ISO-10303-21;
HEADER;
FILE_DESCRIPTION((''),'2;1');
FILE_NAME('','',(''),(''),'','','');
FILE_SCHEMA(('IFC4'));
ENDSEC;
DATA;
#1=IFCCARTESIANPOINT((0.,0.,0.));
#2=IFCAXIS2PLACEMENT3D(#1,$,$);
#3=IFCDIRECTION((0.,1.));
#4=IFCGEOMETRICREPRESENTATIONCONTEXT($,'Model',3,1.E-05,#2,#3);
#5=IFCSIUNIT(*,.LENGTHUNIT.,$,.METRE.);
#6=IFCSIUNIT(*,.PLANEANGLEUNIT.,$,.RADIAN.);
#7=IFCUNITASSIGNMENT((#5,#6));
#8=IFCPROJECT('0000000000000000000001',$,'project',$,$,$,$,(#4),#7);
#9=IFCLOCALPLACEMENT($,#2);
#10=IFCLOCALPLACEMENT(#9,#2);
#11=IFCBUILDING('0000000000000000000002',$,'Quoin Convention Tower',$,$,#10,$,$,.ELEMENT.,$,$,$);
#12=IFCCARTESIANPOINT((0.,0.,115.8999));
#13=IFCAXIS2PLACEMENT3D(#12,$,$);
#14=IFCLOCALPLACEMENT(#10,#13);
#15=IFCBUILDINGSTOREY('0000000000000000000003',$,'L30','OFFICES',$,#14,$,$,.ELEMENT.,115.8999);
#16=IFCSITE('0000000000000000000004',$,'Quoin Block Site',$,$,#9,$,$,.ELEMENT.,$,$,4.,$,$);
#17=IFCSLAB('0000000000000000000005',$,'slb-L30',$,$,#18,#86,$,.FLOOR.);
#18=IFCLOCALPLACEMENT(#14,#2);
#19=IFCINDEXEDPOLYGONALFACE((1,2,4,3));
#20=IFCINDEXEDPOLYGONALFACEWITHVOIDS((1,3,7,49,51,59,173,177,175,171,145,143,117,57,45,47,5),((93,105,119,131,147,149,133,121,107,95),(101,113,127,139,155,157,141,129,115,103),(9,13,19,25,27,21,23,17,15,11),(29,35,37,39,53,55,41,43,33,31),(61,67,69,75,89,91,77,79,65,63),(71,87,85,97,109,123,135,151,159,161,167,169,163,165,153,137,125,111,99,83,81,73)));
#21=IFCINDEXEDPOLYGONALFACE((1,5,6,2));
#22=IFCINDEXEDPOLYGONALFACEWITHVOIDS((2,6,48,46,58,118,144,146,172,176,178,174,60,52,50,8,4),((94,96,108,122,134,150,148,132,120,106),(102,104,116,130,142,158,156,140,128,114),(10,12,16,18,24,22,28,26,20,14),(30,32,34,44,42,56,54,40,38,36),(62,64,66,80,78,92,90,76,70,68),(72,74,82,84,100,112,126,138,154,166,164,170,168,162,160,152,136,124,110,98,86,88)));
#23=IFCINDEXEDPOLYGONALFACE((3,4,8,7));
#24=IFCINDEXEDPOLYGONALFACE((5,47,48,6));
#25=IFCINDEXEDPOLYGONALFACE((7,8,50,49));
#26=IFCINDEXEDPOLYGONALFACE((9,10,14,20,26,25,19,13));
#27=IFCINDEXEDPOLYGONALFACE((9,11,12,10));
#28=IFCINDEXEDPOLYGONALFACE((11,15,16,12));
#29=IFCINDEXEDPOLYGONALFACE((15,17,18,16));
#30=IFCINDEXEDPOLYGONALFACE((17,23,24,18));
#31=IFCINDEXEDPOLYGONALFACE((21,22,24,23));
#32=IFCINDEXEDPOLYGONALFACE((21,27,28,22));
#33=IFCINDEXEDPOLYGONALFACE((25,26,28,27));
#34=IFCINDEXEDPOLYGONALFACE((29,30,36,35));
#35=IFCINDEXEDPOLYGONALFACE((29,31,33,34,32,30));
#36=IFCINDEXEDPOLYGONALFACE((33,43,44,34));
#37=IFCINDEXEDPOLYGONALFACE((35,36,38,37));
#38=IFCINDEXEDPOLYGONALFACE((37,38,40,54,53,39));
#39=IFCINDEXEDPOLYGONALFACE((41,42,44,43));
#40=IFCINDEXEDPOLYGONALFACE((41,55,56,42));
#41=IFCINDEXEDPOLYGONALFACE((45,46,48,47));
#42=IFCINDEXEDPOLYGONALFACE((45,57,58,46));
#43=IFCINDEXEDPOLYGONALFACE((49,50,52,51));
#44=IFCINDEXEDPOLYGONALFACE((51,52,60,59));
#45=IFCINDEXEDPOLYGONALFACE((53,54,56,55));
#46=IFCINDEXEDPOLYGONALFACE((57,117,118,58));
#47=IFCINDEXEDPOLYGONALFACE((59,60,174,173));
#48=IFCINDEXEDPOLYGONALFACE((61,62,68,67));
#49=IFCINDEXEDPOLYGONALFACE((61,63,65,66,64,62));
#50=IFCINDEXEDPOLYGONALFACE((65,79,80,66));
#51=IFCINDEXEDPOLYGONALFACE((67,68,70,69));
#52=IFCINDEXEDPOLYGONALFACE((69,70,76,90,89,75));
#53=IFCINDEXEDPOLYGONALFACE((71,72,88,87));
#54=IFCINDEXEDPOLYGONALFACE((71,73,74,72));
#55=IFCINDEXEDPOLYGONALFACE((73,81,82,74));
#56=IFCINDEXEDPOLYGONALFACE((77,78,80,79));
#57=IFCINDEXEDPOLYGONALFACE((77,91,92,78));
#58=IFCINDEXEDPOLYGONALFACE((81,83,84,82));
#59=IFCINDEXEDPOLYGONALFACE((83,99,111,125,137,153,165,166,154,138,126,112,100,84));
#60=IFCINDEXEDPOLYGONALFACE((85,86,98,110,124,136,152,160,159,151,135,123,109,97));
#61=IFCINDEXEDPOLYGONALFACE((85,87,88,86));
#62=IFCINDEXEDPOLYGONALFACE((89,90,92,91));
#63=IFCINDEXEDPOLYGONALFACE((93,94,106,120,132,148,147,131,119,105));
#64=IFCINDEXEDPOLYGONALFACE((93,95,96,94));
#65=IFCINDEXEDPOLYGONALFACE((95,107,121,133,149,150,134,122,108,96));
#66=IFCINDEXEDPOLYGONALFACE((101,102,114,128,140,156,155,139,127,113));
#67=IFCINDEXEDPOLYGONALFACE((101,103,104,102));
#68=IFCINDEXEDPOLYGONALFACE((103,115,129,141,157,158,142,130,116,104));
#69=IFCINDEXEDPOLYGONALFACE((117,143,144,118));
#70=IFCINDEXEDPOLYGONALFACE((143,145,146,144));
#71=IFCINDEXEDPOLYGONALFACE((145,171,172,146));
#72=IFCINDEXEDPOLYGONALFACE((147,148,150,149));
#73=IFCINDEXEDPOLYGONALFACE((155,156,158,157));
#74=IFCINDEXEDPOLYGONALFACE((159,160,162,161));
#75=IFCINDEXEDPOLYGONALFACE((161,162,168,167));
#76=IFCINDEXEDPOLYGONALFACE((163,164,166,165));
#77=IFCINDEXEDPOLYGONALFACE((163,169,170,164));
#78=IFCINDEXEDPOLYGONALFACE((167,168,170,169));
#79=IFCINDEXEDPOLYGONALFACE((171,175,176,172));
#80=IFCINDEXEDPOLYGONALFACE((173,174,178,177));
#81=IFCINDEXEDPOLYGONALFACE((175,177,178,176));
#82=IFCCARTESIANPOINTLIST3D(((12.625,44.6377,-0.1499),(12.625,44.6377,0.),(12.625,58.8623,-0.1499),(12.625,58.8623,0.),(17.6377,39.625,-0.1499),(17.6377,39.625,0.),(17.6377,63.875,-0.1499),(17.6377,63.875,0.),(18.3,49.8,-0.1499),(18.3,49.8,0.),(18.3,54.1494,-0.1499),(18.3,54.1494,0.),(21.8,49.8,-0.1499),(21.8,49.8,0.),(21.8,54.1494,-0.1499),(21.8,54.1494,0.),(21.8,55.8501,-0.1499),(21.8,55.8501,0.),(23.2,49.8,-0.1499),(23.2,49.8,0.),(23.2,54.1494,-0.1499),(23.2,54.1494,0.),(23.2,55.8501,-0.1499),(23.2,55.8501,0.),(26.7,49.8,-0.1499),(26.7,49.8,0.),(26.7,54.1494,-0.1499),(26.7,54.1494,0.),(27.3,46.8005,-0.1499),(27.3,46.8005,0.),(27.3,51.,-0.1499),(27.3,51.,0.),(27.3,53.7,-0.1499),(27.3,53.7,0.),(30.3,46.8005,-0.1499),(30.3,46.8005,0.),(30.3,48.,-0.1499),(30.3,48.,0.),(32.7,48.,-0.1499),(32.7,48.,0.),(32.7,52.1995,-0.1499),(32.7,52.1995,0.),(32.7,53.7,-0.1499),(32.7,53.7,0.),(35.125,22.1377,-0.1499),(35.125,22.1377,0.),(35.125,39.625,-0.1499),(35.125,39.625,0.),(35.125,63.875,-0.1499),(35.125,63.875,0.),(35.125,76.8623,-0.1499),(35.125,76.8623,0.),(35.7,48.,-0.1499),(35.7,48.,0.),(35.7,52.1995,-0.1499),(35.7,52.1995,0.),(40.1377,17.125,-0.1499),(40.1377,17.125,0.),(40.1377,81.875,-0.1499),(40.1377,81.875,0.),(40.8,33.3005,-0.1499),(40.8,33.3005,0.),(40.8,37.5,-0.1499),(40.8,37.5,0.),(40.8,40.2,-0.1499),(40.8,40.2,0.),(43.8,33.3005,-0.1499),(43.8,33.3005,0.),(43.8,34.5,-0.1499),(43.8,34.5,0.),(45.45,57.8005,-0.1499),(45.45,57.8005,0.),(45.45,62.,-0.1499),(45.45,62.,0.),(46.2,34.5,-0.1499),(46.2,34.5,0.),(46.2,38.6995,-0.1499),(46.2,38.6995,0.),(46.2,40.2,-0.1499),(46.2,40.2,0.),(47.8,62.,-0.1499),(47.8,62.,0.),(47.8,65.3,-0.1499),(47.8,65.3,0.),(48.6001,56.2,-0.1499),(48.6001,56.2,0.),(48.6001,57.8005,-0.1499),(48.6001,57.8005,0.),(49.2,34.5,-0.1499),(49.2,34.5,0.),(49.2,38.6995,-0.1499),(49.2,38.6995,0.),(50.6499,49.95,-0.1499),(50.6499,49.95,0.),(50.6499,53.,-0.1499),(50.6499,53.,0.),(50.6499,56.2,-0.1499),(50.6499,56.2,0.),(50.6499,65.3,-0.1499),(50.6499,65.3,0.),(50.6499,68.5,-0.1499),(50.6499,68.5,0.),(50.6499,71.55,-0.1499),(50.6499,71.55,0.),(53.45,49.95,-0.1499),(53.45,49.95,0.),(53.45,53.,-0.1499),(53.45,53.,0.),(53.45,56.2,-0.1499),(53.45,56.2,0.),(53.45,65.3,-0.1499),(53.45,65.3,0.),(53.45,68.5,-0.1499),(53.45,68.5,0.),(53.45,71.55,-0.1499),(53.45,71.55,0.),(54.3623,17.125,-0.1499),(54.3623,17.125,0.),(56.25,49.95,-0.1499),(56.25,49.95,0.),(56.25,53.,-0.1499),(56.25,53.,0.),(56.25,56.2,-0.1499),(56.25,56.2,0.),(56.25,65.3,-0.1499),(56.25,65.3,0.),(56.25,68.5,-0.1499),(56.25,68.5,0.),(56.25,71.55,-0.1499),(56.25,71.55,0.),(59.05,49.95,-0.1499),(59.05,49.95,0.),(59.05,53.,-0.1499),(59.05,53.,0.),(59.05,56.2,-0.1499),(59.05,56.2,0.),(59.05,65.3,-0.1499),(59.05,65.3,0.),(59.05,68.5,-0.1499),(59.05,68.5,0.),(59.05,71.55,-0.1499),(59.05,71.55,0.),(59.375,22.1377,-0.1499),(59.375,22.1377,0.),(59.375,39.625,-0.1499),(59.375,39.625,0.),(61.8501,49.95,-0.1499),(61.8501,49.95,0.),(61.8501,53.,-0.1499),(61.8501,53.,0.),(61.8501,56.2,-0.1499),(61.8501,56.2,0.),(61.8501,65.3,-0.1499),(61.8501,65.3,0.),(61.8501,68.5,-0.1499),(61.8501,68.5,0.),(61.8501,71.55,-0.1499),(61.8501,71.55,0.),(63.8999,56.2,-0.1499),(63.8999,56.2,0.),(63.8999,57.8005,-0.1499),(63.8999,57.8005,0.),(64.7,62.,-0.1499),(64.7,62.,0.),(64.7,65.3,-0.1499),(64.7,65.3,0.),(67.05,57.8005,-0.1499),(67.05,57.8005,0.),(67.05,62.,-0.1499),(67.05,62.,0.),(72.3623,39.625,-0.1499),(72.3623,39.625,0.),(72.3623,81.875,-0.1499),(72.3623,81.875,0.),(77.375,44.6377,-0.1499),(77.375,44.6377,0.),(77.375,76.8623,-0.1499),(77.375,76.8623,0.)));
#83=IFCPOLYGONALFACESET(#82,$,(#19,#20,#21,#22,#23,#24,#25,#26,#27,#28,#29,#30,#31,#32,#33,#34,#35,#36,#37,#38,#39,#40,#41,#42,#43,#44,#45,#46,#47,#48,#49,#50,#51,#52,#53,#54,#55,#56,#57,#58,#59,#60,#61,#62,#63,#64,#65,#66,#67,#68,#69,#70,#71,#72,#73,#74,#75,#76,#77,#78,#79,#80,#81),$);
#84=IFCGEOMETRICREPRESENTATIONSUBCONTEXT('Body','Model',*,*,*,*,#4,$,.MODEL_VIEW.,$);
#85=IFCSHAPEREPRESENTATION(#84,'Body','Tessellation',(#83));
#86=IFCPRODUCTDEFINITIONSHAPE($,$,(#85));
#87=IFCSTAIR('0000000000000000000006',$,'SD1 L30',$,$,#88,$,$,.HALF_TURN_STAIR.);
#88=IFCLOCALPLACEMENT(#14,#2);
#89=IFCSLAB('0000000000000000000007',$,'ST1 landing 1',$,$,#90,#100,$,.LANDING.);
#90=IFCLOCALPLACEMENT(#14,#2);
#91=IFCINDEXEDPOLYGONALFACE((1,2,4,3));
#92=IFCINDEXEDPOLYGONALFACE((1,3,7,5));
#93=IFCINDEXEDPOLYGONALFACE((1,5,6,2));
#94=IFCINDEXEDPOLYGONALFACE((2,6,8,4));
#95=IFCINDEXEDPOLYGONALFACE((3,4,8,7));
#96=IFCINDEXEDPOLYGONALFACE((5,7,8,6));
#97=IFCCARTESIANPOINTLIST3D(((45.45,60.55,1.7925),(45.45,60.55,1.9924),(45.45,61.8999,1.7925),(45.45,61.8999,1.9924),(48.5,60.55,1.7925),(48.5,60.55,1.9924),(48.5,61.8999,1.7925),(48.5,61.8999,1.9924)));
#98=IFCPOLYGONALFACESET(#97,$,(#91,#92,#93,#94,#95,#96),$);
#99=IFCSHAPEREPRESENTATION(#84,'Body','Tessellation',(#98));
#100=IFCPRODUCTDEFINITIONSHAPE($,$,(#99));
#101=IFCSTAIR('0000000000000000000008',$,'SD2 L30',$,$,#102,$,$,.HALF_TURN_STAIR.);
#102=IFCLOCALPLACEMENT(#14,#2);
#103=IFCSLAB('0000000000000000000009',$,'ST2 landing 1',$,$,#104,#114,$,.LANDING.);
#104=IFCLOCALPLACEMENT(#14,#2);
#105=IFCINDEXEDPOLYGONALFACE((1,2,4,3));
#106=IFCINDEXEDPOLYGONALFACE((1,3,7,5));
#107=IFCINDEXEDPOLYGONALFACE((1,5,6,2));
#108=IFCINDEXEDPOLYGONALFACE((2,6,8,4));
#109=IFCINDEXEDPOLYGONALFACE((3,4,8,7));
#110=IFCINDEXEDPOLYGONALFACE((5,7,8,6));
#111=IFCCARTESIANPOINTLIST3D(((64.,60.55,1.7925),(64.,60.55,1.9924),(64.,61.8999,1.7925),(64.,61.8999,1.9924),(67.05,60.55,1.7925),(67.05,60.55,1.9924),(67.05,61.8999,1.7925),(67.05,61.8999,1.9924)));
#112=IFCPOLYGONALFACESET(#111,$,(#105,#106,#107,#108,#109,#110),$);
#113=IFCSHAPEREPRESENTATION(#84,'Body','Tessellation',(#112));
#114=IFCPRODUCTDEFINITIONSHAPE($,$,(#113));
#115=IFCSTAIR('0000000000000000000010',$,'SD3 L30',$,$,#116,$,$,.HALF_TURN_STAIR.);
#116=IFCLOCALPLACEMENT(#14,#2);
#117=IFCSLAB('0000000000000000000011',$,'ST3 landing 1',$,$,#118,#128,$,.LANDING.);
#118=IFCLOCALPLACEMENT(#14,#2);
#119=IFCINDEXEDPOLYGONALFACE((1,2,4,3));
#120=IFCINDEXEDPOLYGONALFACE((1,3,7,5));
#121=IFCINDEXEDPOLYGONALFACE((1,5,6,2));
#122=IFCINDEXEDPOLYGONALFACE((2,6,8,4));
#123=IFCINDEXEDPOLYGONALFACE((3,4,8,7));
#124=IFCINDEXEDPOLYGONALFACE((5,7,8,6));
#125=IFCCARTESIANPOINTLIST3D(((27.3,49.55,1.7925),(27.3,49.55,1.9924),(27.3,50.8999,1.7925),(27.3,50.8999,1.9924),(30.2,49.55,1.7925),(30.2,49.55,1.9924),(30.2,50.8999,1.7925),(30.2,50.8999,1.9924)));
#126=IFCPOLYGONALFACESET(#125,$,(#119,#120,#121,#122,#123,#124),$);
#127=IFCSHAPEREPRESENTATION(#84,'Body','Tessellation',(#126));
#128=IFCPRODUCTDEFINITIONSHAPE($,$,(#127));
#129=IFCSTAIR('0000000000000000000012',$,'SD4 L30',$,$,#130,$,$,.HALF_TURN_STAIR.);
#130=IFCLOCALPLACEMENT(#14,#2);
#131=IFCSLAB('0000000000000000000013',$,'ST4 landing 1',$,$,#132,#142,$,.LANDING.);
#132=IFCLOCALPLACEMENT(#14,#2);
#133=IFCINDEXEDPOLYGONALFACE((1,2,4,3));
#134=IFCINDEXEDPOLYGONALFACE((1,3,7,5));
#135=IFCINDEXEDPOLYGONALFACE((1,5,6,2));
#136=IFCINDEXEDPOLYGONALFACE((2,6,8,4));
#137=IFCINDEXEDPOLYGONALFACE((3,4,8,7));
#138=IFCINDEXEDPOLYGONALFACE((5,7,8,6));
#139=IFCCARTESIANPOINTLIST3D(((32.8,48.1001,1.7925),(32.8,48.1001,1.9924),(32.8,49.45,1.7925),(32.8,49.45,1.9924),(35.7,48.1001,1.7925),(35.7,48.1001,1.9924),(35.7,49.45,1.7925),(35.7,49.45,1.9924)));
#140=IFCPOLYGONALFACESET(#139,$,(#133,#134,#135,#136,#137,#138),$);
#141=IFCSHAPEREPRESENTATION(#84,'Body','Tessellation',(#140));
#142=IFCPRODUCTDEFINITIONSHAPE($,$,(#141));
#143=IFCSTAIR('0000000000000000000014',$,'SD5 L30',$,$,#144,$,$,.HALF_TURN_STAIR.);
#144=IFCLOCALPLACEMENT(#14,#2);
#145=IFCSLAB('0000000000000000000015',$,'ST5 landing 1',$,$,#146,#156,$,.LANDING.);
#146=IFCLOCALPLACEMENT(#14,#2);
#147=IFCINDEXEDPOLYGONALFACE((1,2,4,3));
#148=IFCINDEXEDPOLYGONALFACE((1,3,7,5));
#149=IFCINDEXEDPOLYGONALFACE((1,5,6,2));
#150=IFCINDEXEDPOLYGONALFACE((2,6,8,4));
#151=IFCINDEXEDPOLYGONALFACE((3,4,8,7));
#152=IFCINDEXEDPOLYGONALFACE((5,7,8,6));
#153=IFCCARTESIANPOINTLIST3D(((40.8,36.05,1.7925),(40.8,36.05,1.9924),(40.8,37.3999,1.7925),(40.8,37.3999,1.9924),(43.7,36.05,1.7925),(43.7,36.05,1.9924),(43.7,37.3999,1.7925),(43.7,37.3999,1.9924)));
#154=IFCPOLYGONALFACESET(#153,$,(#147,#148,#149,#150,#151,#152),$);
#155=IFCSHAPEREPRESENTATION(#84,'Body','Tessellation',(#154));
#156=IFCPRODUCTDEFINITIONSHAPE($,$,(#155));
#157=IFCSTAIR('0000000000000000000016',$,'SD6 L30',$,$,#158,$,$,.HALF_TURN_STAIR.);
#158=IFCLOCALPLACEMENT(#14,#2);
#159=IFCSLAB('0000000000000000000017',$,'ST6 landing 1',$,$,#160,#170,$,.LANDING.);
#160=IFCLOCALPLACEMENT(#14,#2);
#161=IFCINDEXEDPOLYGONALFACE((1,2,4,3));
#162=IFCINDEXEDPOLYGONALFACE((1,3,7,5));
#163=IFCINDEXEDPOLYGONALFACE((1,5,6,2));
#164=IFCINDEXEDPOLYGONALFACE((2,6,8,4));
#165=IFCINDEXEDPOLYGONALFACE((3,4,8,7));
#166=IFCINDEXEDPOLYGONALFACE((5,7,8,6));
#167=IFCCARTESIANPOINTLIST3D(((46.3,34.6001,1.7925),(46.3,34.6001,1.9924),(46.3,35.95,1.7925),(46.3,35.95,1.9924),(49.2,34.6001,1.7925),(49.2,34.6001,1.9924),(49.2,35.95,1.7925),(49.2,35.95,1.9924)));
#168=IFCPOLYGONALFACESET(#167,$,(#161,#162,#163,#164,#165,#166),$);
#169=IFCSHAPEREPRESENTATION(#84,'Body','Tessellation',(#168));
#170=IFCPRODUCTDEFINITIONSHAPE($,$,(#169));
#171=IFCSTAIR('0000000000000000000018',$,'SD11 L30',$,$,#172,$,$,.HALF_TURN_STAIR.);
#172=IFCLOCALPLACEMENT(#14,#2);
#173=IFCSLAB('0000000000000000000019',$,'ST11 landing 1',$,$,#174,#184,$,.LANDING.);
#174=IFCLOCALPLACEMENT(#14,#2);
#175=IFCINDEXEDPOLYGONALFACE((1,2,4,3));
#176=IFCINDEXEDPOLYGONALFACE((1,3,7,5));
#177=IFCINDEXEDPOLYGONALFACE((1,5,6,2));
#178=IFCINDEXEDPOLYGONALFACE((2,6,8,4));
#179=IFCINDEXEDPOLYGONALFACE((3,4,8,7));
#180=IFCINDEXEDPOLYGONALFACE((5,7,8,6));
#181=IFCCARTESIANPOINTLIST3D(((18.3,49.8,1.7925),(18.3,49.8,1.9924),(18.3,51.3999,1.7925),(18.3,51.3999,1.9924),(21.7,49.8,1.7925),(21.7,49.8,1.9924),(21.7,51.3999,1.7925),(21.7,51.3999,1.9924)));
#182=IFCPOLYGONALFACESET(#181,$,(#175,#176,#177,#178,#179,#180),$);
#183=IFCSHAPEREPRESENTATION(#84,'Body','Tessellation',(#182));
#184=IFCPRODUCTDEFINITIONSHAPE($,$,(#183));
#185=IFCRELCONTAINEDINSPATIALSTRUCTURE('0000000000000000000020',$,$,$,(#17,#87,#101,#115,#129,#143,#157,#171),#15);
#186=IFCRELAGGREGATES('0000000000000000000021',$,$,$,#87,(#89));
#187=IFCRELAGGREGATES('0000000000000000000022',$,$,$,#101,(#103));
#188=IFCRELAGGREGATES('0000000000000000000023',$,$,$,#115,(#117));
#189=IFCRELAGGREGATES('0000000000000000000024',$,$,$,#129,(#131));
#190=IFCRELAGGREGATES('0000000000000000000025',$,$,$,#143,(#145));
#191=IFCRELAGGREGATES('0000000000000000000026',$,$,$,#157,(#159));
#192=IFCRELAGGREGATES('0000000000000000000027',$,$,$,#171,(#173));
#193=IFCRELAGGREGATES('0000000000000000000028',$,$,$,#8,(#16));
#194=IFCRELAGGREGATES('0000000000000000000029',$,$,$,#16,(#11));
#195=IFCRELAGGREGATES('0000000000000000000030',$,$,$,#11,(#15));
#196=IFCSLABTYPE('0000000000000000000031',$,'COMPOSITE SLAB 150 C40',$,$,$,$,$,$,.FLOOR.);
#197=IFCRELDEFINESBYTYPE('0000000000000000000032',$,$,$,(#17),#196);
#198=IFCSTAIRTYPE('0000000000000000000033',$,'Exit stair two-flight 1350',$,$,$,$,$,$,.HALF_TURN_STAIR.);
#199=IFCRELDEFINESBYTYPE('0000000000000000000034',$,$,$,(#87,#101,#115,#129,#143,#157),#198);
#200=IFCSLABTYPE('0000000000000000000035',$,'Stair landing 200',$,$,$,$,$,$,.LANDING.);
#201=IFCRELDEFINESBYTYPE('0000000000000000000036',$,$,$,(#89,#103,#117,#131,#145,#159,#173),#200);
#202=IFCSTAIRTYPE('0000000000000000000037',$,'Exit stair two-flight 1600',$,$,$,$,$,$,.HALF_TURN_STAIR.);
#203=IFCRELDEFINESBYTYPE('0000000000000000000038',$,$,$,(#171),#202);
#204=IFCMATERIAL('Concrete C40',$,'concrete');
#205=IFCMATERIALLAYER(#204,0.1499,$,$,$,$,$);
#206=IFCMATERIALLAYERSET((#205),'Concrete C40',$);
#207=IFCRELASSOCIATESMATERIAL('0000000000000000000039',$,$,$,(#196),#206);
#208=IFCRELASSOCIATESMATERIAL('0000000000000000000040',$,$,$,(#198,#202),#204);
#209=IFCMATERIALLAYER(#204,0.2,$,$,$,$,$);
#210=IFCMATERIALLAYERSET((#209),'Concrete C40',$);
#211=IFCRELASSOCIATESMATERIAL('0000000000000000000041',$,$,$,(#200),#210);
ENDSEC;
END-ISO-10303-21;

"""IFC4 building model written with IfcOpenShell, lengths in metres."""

from ifc_helpers import new_model, si_unit, direction, frame, origin, place, context, subcontext, project, spatial, polyline, outline, extrude, material, layer, layer_set, type_object, element, aggregate, save


model = new_model("IFC4")

# Units and contexts
model_context = context("Model", 3, precision=1e-05, world=origin(), true_north=direction((0.0, 1.0)))
body_context = subcontext(model_context, "Body", "Model", "MODEL_VIEW")
ifc_project = project(units=[si_unit("LENGTHUNIT", "METRE"), si_unit("PLANEANGLEUNIT", "RADIAN")], contexts=[model_context])

# Site, building, storey
site_placement = place(None, origin())
site = spatial("IfcSite", under=ifc_project, at=site_placement, Name="Quoin Block Site", CompositionType="ELEMENT", RefElevation=4.0)
building_placement = place(site_placement, origin())
building = spatial("IfcBuilding", under=site, at=building_placement, Name="Quoin Convention Tower", CompositionType="ELEMENT")
storey_placement = place(building_placement, frame((0.0, 0.0, 115.8999)))
storey = spatial("IfcBuildingStorey", under=building, at=storey_placement, Name="L30", Description="OFFICES", CompositionType="ELEMENT", Elevation=115.8999)

# Slab
ifc_material_1 = material(Name="Concrete C40", Category="concrete")
ifc_layer_1 = layer(ifc_material_1, 0.1499)
ifc_layer_set_1 = layer_set([ifc_layer_1], Name="Concrete C40")
slab_type_1 = type_object("IfcSlabType", Name="COMPOSITE SLAB 150 C40", PredefinedType="FLOOR", material=ifc_layer_set_1)
slab_1_placement = place(storey_placement, frame((0.0, 0.0, -0.1499)))
element("IfcSlab", 1, at=slab_1_placement, inside=storey, type_object=slab_type_1, Name="slb-L30", PredefinedType="FLOOR", context=body_context, shape_type="SweptSolid", body=[
    extrude(outline(polyline([(59.375, 22.1377), (54.3623, 17.125), (40.1377, 17.125), (35.125, 22.1377), (35.125, 39.625), (17.6377, 39.625), (12.625, 44.6377), (12.625, 58.8623), (17.6377, 63.875), (35.125, 63.875), (35.125, 76.8623), (40.1377, 81.875), (72.3623, 81.875), (77.375, 76.8623), (77.375, 44.6377), (72.3623, 39.625), (59.375, 39.625), (59.375, 22.1377)]), holes=[polyline([(40.8, 40.2), (40.8, 37.5), (40.8, 33.3005), (43.8, 33.3005), (43.8, 34.5), (46.2, 34.5), (49.2, 34.5), (49.2, 38.6995), (46.2, 38.6995), (46.2, 40.2), (40.8, 40.2)]), polyline([(35.7, 52.1995), (32.7, 52.1995), (32.7, 53.7), (27.3, 53.7), (27.3, 51.0), (27.3, 46.8005), (30.3, 46.8005), (30.3, 48.0), (32.7, 48.0), (35.7, 48.0), (35.7, 52.1995)]), polyline([(53.45, 49.95), (56.25, 49.95), (59.05, 49.95), (61.8501, 49.95), (61.8501, 53.0), (59.05, 53.0), (56.25, 53.0), (53.45, 53.0), (50.6499, 53.0), (50.6499, 49.95), (53.45, 49.95)]), polyline([(21.8, 55.8501), (21.8, 54.1494), (18.3, 54.1494), (18.3, 49.8), (21.8, 49.8), (23.2, 49.8), (26.7, 49.8), (26.7, 54.1494), (23.2, 54.1494), (23.2, 55.8501), (21.8, 55.8501)]), polyline([(48.6001, 57.8005), (48.6001, 56.2), (50.6499, 56.2), (53.45, 56.2), (56.25, 56.2), (59.05, 56.2), (61.8501, 56.2), (63.8999, 56.2), (63.8999, 57.8005), (67.05, 57.8005), (67.05, 62.0), (64.7, 62.0), (64.7, 65.3), (61.8501, 65.3), (59.05, 65.3), (56.25, 65.3), (53.45, 65.3), (50.6499, 65.3), (47.8, 65.3), (47.8, 62.0), (45.45, 62.0), (45.45, 57.8005), (48.6001, 57.8005)]), polyline([(50.6499, 68.5), (53.45, 68.5), (56.25, 68.5), (59.05, 68.5), (61.8501, 68.5), (61.8501, 71.55), (59.05, 71.55), (56.25, 71.55), (53.45, 71.55), (50.6499, 71.55), (50.6499, 68.5)])]), origin(), (0.0, 0.0, 1.0), 0.1499),
])

# Stairs, slabs
stair_type_1 = type_object("IfcStairType", Name="Exit stair two-flight 1350", PredefinedType="HALF_TURN_STAIR", material=ifc_material_1)
stair_1_placement = place(storey_placement, origin())
stair_1 = element("IfcStair", 2, at=stair_1_placement, inside=storey, type_object=stair_type_1, Name="SD1 L30", PredefinedType="HALF_TURN_STAIR")
ifc_layer_2 = layer(ifc_material_1, 0.2)
ifc_layer_set_2 = layer_set([ifc_layer_2], Name="Concrete C40")
slab_type_2 = type_object("IfcSlabType", Name="Stair landing 200", PredefinedType="LANDING", material=ifc_layer_set_2)
slab_2_placement = place(storey_placement, frame((0.0, 0.0, 1.7925)))
slab_2 = element("IfcSlab", 3, at=slab_2_placement, type_object=slab_type_2, Name="ST1 landing 1", PredefinedType="LANDING", context=body_context, shape_type="SweptSolid", body=[
    extrude(outline(polyline([(45.45, 60.55), (48.5, 60.55), (48.5, 61.8999), (45.45, 61.8999), (45.45, 60.55)])), origin(), (0.0, 0.0, 1.0), 0.2),
])
aggregate(stair_1, [slab_2])
stair_2_placement = place(storey_placement, origin())
stair_2 = element("IfcStair", 4, at=stair_2_placement, inside=storey, type_object=stair_type_1, Name="SD2 L30", PredefinedType="HALF_TURN_STAIR")
slab_3_placement = place(storey_placement, frame((0.0, 0.0, 1.7925)))
slab_3 = element("IfcSlab", 5, at=slab_3_placement, type_object=slab_type_2, Name="ST2 landing 1", PredefinedType="LANDING", context=body_context, shape_type="SweptSolid", body=[
    extrude(outline(polyline([(64.0, 60.55), (67.05, 60.55), (67.05, 61.8999), (64.0, 61.8999), (64.0, 60.55)])), origin(), (0.0, 0.0, 1.0), 0.2),
])
aggregate(stair_2, [slab_3])
stair_3_placement = place(storey_placement, origin())
stair_3 = element("IfcStair", 6, at=stair_3_placement, inside=storey, type_object=stair_type_1, Name="SD3 L30", PredefinedType="HALF_TURN_STAIR")
slab_4_placement = place(storey_placement, frame((0.0, 0.0, 1.7925)))
slab_4 = element("IfcSlab", 7, at=slab_4_placement, type_object=slab_type_2, Name="ST3 landing 1", PredefinedType="LANDING", context=body_context, shape_type="SweptSolid", body=[
    extrude(outline(polyline([(27.3, 49.55), (30.2, 49.55), (30.2, 50.8999), (27.3, 50.8999), (27.3, 49.55)])), origin(), (0.0, 0.0, 1.0), 0.2),
])
aggregate(stair_3, [slab_4])
stair_4_placement = place(storey_placement, origin())
stair_4 = element("IfcStair", 8, at=stair_4_placement, inside=storey, type_object=stair_type_1, Name="SD4 L30", PredefinedType="HALF_TURN_STAIR")
slab_5_placement = place(storey_placement, frame((0.0, 0.0, 1.7925)))
slab_5 = element("IfcSlab", 9, at=slab_5_placement, type_object=slab_type_2, Name="ST4 landing 1", PredefinedType="LANDING", context=body_context, shape_type="SweptSolid", body=[
    extrude(outline(polyline([(35.7, 49.45), (32.8, 49.45), (32.8, 48.1001), (35.7, 48.1001), (35.7, 49.45)])), origin(), (0.0, 0.0, 1.0), 0.2),
])
aggregate(stair_4, [slab_5])
stair_5_placement = place(storey_placement, origin())
stair_5 = element("IfcStair", 10, at=stair_5_placement, inside=storey, type_object=stair_type_1, Name="SD5 L30", PredefinedType="HALF_TURN_STAIR")
slab_6_placement = place(storey_placement, frame((0.0, 0.0, 1.7925)))
slab_6 = element("IfcSlab", 11, at=slab_6_placement, type_object=slab_type_2, Name="ST5 landing 1", PredefinedType="LANDING", context=body_context, shape_type="SweptSolid", body=[
    extrude(outline(polyline([(40.8, 36.05), (43.7, 36.05), (43.7, 37.3999), (40.8, 37.3999), (40.8, 36.05)])), origin(), (0.0, 0.0, 1.0), 0.2),
])
aggregate(stair_5, [slab_6])
stair_6_placement = place(storey_placement, origin())
stair_6 = element("IfcStair", 12, at=stair_6_placement, inside=storey, type_object=stair_type_1, Name="SD6 L30", PredefinedType="HALF_TURN_STAIR")
slab_7_placement = place(storey_placement, frame((0.0, 0.0, 1.7925)))
slab_7 = element("IfcSlab", 13, at=slab_7_placement, type_object=slab_type_2, Name="ST6 landing 1", PredefinedType="LANDING", context=body_context, shape_type="SweptSolid", body=[
    extrude(outline(polyline([(49.2, 35.95), (46.3, 35.95), (46.3, 34.6001), (49.2, 34.6001), (49.2, 35.95)])), origin(), (0.0, 0.0, 1.0), 0.2),
])
aggregate(stair_6, [slab_7])
stair_type_2 = type_object("IfcStairType", Name="Exit stair two-flight 1600", PredefinedType="HALF_TURN_STAIR", material=ifc_material_1)
stair_7_placement = place(storey_placement, origin())
stair_7 = element("IfcStair", 14, at=stair_7_placement, inside=storey, type_object=stair_type_2, Name="SD11 L30", PredefinedType="HALF_TURN_STAIR")
slab_8_placement = place(storey_placement, frame((0.0, 0.0, 1.7925)))
slab_8 = element("IfcSlab", 15, at=slab_8_placement, type_object=slab_type_2, Name="ST11 landing 1", PredefinedType="LANDING", context=body_context, shape_type="SweptSolid", body=[
    extrude(outline(polyline([(21.7, 51.3999), (18.3, 51.3999), (18.3, 49.8), (21.7, 49.8), (21.7, 51.3999)])), origin(), (0.0, 0.0, 1.0), 0.2),
])
aggregate(stair_7, [slab_8])

save(model, "model.ifc")
